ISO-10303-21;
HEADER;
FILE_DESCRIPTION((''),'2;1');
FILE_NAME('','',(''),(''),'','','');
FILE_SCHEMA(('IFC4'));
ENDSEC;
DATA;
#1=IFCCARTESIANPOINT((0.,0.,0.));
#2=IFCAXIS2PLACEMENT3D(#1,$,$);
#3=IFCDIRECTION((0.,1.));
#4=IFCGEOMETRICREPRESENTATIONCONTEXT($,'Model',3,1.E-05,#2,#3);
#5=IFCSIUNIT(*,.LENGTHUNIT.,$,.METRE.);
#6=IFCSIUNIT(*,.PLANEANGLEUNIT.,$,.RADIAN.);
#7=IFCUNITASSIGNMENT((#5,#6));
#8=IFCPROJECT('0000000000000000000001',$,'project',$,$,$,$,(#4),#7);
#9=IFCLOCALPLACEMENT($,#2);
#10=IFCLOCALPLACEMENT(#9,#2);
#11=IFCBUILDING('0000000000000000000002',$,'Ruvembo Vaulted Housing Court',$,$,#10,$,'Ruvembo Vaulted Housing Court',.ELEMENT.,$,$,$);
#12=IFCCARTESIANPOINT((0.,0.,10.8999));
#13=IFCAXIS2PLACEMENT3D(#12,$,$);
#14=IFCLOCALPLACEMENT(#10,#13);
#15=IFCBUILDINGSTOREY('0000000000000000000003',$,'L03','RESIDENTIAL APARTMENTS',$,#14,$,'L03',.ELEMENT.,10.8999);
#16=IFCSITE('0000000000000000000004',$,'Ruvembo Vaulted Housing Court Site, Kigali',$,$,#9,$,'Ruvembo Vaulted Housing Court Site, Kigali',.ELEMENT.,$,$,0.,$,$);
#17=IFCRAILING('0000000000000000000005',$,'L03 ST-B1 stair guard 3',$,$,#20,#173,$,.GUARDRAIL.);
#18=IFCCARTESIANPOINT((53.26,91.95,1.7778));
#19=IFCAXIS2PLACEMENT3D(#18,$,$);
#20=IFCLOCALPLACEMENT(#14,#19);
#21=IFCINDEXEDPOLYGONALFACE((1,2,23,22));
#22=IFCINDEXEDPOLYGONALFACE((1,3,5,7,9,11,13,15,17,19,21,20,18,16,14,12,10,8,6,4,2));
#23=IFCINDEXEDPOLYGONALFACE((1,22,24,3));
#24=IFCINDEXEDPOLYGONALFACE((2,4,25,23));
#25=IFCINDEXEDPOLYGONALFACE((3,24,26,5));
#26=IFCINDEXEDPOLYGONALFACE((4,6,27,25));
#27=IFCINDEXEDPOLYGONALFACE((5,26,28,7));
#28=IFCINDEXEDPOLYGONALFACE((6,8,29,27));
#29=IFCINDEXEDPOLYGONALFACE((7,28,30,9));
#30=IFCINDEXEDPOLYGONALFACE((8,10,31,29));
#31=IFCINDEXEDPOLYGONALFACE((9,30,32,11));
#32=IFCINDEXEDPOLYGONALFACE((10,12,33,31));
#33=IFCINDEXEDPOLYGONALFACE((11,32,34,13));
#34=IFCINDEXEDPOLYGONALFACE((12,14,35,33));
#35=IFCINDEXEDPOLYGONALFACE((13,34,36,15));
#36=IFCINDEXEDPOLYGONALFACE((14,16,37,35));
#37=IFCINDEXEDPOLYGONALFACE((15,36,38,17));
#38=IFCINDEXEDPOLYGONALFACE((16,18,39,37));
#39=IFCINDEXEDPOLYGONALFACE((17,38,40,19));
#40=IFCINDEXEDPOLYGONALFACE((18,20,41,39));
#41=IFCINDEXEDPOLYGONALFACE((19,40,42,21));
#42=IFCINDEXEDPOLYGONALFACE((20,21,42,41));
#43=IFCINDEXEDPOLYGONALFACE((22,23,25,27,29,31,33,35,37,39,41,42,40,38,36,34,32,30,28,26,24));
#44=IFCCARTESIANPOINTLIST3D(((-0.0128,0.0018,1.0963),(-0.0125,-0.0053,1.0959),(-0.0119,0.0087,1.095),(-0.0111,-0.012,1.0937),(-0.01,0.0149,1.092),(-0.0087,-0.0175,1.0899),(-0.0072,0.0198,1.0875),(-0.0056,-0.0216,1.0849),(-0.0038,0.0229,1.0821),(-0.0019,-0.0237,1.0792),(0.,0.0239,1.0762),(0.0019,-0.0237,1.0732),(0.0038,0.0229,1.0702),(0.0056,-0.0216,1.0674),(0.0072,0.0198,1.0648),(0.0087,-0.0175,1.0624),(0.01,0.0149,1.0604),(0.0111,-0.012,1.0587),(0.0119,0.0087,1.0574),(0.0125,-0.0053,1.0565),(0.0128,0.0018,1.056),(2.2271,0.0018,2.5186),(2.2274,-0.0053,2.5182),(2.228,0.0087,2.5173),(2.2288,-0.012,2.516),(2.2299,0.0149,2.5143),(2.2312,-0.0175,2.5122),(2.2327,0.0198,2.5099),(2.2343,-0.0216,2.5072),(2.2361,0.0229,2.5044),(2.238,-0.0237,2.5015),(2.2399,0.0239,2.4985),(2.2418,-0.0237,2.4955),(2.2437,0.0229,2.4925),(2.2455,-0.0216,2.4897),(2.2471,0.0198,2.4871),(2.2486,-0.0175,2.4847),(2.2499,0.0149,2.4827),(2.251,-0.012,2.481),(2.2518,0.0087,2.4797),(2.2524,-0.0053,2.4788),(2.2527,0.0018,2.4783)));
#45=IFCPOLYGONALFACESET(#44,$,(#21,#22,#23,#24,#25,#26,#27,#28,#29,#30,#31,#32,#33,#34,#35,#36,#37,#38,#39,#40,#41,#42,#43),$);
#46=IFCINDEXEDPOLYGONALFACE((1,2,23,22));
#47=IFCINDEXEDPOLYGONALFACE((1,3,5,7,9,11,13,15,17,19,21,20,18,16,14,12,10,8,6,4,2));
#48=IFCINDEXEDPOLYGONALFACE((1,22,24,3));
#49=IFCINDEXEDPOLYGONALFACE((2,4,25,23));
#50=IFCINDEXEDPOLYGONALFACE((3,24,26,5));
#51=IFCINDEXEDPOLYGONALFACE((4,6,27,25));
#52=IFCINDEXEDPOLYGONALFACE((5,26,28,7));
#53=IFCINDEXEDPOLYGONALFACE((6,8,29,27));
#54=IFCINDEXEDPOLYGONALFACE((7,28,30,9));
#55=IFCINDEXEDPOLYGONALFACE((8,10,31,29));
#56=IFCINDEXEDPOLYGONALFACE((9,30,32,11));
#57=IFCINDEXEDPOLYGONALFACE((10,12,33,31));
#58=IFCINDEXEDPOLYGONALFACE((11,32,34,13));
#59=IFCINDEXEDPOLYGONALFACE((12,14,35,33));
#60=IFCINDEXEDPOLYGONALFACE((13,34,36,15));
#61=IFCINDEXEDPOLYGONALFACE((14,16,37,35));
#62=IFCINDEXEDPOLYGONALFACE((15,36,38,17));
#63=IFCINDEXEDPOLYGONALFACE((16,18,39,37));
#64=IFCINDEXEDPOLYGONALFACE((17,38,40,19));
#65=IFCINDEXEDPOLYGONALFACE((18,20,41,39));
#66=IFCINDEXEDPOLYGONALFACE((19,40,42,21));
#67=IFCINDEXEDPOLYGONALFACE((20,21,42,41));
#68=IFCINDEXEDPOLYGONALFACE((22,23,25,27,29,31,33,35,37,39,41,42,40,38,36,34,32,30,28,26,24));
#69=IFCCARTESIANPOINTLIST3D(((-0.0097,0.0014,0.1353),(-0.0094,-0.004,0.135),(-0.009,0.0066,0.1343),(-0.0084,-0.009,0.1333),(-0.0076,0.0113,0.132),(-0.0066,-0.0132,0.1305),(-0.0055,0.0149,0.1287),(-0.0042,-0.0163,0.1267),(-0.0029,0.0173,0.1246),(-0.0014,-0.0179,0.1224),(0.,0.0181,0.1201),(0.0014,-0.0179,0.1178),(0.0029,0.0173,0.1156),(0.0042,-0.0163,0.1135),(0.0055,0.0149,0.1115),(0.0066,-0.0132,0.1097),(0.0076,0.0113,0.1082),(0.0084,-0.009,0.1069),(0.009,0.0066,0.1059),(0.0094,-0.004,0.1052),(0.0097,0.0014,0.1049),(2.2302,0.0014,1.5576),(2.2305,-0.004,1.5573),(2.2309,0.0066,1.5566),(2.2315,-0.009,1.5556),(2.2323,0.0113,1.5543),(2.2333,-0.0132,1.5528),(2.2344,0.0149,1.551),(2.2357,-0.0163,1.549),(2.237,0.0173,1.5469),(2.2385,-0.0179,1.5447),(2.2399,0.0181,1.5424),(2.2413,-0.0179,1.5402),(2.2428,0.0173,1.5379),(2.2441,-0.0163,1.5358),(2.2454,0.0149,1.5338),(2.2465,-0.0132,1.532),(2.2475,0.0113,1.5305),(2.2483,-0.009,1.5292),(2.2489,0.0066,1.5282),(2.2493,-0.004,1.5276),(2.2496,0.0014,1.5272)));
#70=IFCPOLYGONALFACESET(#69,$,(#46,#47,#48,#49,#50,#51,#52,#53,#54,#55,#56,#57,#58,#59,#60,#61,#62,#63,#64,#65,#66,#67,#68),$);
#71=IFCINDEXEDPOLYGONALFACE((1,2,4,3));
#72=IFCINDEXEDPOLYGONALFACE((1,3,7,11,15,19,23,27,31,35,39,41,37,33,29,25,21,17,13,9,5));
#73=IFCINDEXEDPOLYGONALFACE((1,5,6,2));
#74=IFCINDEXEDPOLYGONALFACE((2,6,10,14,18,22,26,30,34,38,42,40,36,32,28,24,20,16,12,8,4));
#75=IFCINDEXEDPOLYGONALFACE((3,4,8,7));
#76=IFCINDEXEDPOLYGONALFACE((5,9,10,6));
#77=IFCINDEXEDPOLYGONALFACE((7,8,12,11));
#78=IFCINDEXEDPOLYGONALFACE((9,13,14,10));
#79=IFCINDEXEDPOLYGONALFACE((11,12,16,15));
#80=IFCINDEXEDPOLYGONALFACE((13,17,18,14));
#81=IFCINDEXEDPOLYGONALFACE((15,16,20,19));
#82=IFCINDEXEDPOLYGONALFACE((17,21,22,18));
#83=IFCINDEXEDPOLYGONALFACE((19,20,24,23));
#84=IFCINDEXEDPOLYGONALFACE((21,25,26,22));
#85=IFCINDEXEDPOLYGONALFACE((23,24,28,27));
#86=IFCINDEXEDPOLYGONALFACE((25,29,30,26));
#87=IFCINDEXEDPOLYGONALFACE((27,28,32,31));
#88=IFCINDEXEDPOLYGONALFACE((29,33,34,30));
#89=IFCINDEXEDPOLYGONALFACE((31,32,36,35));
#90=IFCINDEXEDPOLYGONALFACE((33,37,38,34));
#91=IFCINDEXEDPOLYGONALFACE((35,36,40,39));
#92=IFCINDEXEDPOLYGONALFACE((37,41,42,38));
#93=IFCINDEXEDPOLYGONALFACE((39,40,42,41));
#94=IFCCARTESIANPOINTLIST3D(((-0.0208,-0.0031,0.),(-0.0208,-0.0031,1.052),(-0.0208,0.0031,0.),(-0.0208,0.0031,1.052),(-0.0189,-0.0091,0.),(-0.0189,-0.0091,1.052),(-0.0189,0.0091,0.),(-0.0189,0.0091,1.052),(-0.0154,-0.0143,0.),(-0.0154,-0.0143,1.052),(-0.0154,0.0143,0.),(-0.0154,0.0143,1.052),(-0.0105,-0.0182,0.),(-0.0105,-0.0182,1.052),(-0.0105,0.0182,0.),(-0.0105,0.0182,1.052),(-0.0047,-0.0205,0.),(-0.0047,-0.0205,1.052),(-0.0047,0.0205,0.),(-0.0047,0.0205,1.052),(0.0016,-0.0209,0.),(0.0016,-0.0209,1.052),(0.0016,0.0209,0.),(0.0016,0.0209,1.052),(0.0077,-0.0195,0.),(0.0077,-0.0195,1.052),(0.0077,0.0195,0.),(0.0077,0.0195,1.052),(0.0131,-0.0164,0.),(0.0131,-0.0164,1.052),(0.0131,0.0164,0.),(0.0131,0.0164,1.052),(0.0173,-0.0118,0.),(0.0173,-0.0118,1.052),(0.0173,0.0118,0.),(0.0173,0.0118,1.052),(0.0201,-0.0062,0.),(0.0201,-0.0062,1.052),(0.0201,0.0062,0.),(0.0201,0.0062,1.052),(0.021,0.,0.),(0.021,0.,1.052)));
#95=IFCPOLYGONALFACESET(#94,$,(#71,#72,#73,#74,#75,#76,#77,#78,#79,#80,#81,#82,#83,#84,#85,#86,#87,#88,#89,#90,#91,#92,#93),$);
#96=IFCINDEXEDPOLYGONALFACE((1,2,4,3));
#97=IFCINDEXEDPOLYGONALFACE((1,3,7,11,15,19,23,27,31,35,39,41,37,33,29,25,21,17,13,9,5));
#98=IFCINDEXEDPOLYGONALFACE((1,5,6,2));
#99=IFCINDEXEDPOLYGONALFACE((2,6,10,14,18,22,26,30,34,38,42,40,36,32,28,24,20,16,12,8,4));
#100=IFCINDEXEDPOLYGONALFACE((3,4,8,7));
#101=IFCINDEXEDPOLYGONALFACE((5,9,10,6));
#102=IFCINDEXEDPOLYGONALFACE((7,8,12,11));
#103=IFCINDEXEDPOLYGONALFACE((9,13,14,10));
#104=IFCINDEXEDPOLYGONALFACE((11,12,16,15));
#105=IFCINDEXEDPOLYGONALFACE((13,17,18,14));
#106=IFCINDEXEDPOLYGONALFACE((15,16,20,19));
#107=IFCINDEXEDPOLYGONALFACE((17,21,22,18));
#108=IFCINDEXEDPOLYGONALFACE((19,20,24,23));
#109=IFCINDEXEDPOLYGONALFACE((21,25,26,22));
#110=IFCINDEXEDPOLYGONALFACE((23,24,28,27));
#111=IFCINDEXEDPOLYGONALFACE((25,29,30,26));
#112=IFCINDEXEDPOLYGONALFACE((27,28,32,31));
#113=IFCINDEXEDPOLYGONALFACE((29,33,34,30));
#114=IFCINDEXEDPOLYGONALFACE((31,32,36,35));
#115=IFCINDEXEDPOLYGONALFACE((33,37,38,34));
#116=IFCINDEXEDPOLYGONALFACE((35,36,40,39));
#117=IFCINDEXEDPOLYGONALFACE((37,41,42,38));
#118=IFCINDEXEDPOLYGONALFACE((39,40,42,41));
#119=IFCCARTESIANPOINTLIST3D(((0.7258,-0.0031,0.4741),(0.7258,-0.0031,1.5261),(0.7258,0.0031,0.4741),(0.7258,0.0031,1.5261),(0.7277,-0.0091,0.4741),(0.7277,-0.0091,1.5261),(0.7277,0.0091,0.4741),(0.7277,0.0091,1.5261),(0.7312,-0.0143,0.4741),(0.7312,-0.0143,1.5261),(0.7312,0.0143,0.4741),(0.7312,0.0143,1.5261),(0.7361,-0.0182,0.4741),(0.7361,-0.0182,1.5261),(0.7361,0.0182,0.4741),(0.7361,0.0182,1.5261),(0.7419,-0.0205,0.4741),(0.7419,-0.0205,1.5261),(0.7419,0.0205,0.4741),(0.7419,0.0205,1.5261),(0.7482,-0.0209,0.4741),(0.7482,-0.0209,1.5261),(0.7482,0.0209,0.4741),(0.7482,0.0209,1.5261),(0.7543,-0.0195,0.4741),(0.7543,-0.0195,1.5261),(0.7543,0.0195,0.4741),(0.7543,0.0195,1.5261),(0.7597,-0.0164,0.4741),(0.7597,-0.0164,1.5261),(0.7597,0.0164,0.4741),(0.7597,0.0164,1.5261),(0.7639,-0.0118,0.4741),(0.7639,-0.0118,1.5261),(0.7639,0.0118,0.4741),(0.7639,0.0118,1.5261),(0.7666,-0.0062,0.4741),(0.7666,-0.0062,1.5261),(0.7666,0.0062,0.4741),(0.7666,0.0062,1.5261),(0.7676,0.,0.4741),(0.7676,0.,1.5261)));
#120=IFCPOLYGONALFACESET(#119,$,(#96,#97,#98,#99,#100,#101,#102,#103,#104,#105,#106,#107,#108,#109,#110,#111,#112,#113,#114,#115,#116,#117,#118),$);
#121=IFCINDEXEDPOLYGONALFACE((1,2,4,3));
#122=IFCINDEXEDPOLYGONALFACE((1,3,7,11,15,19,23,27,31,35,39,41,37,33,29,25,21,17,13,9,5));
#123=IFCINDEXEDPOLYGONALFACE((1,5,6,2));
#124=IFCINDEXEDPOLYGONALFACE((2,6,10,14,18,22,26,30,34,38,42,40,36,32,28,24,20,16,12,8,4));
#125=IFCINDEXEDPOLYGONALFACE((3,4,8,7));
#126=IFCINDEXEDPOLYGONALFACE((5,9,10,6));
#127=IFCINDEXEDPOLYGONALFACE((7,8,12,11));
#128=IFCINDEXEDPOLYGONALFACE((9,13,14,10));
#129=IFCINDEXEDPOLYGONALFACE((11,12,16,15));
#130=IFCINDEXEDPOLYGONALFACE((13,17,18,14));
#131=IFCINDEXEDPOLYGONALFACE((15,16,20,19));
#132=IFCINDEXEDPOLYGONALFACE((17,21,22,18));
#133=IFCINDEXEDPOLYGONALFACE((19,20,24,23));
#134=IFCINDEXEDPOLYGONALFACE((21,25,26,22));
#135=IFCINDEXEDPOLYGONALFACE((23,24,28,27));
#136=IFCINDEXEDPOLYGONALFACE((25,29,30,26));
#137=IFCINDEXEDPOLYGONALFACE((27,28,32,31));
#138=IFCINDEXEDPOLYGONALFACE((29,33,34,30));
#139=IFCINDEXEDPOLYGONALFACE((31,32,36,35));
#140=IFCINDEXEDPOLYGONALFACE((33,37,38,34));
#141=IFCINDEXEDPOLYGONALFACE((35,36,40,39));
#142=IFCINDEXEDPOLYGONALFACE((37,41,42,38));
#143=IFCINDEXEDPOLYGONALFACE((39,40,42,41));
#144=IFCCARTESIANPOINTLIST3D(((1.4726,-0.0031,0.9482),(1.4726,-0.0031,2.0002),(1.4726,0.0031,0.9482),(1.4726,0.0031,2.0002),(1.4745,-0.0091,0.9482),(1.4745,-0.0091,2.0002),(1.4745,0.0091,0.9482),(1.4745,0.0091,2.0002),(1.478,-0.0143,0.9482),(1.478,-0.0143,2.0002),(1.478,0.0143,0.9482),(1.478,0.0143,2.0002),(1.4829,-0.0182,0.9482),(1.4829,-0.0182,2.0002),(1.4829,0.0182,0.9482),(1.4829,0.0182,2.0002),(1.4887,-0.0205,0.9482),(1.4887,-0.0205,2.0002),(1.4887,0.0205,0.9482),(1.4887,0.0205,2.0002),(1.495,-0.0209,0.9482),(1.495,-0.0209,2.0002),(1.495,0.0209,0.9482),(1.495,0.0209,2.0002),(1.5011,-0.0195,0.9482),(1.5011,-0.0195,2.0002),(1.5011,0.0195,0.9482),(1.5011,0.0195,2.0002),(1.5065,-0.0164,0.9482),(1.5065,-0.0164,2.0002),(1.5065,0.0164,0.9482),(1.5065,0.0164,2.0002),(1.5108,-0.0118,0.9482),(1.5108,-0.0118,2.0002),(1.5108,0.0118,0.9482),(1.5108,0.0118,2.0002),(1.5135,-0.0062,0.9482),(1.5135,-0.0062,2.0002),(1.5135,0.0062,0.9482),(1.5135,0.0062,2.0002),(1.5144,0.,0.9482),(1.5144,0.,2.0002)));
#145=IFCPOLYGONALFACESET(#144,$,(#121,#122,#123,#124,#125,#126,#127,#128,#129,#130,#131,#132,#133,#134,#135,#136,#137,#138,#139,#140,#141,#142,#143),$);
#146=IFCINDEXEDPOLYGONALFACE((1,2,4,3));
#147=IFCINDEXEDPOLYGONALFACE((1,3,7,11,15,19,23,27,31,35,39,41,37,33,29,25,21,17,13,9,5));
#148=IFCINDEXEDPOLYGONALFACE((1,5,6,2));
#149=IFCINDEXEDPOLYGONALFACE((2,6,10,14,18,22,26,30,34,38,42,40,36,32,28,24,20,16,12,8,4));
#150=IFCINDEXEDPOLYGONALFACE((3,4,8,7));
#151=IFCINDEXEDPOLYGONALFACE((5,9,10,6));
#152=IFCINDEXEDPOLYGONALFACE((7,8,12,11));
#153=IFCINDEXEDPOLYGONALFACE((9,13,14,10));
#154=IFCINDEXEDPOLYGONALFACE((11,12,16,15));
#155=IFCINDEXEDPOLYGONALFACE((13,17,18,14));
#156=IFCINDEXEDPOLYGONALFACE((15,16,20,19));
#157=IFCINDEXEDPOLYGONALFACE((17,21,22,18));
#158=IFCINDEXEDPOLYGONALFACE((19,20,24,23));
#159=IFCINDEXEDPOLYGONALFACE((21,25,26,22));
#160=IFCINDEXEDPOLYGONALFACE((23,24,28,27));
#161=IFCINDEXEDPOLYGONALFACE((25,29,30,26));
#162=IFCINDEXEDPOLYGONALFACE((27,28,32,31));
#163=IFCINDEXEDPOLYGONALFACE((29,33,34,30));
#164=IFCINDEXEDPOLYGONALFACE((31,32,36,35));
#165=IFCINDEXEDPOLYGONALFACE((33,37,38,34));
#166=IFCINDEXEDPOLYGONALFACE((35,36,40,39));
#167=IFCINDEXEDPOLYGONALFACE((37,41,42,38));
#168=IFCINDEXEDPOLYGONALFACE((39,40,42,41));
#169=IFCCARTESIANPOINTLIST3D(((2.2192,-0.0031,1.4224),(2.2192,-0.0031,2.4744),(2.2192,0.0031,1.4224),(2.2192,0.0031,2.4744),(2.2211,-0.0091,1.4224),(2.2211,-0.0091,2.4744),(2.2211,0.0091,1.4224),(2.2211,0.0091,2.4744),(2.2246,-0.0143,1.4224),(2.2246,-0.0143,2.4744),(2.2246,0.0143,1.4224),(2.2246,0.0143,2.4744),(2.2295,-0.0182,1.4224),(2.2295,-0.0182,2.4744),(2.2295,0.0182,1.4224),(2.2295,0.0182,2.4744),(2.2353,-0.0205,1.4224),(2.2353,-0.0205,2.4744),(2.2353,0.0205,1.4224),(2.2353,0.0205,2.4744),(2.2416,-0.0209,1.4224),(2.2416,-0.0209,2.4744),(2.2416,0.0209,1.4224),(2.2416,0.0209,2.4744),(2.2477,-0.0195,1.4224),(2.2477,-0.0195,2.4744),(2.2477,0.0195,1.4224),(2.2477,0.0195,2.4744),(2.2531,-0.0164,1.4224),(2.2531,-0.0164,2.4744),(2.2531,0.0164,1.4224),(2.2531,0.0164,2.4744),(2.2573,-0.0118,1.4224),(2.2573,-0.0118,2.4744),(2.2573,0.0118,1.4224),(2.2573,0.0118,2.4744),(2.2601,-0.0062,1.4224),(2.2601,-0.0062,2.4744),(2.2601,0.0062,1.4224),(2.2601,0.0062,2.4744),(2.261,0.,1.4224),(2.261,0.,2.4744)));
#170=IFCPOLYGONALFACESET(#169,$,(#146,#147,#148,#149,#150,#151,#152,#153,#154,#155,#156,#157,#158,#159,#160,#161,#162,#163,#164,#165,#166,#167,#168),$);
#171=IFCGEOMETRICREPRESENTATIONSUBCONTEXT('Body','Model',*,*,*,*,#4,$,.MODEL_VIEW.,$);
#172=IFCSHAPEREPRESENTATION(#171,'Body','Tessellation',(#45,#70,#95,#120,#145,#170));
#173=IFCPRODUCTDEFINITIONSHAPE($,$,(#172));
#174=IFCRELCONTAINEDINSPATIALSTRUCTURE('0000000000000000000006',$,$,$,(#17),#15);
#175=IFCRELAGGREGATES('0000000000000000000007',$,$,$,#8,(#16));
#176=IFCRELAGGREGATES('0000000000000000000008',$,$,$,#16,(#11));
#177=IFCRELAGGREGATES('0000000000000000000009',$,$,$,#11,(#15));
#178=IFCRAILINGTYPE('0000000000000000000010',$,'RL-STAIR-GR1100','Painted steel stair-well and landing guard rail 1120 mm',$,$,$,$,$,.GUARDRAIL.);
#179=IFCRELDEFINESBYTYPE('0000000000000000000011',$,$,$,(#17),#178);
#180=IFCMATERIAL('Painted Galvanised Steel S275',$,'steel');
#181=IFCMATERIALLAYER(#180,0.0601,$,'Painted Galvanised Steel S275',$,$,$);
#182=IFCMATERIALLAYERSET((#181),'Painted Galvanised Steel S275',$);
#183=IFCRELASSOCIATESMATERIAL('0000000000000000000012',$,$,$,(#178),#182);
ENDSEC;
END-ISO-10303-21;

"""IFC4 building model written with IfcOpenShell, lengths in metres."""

from ifc_helpers import new_model, si_unit, direction, frame, origin, origin_2d, place, context, subcontext, project, spatial, circle, extrude, material, layer, layer_set, type_object, element, save


model = new_model("IFC4")

# Units and contexts
model_context = context("Model", 3, precision=1e-05, world=origin(), true_north=direction((0.0, 1.0)))
body_context = subcontext(model_context, "Body", "Model", "MODEL_VIEW")
ifc_project = project(units=[si_unit("LENGTHUNIT", "METRE"), si_unit("PLANEANGLEUNIT", "RADIAN")], contexts=[model_context])

# Site, building, storey
site_placement = place(None, origin())
site = spatial("IfcSite", under=ifc_project, at=site_placement, Name="Ruvembo Vaulted Housing Court Site, Kigali", LongName="Ruvembo Vaulted Housing Court Site, Kigali", CompositionType="ELEMENT", RefElevation=0.0)
building_placement = place(site_placement, origin())
building = spatial("IfcBuilding", under=site, at=building_placement, Name="Ruvembo Vaulted Housing Court", LongName="Ruvembo Vaulted Housing Court", CompositionType="ELEMENT")
storey_placement = place(building_placement, frame((0.0, 0.0, 10.8999)))
storey = spatial("IfcBuildingStorey", under=building, at=storey_placement, Name="L03", Description="RESIDENTIAL APARTMENTS", LongName="L03", CompositionType="ELEMENT", Elevation=10.8999)

# Railing
ifc_material_1 = material(Name="Painted Galvanised Steel S275", Category="steel")
ifc_layer_1 = layer(ifc_material_1, 0.0601, Name="Painted Galvanised Steel S275")
ifc_layer_set_1 = layer_set([ifc_layer_1], Name="Painted Galvanised Steel S275")
railing_type_1 = type_object("IfcRailingType", Name="RL-STAIR-GR1100", Description="Painted steel stair-well and landing guard rail 1120 mm", PredefinedType="GUARDRAIL", material=ifc_layer_set_1)
railing_1_placement = place(storey_placement, frame((53.26, 91.95, 1.7778)))
element("IfcRailing", 1, at=railing_1_placement, inside=storey, type_object=railing_type_1, Name="L03 ST-B1 stair guard 3", PredefinedType="GUARDRAIL", context=body_context, shape_type="SweptSolid", body=[
    extrude(circle(Radius=0.0239, at=origin_2d()), frame((0.0, 0.0, 1.0762), z_axis=(0.844188, 0.0, 0.536048), x_axis=(0.0, 1.0, 0.0)), (0.0, 0.0, 1.0), 2.6533),
    extrude(circle(Radius=0.0181, at=origin_2d()), frame((0.0, 0.0, 0.1201), z_axis=(0.844188, 0.0, 0.536048), x_axis=(0.0, 1.0, 0.0)), (0.0, 0.0, 1.0), 2.6533),
    extrude(circle(Radius=0.021, at=origin_2d()), origin(), (0.0, 0.0, 1.0), 1.052),
    extrude(circle(Radius=0.021, at=origin_2d()), frame((0.7466, 0.0, 0.4741)), (0.0, 0.0, 1.0), 1.052),
    extrude(circle(Radius=0.021, at=origin_2d()), frame((1.4934, 0.0, 0.9482)), (0.0, 0.0, 1.0), 1.052),
    extrude(circle(Radius=0.021, at=origin_2d()), frame((2.24, 0.0, 1.4224)), (0.0, 0.0, 1.0), 1.052),
])

save(model, "model.ifc")
